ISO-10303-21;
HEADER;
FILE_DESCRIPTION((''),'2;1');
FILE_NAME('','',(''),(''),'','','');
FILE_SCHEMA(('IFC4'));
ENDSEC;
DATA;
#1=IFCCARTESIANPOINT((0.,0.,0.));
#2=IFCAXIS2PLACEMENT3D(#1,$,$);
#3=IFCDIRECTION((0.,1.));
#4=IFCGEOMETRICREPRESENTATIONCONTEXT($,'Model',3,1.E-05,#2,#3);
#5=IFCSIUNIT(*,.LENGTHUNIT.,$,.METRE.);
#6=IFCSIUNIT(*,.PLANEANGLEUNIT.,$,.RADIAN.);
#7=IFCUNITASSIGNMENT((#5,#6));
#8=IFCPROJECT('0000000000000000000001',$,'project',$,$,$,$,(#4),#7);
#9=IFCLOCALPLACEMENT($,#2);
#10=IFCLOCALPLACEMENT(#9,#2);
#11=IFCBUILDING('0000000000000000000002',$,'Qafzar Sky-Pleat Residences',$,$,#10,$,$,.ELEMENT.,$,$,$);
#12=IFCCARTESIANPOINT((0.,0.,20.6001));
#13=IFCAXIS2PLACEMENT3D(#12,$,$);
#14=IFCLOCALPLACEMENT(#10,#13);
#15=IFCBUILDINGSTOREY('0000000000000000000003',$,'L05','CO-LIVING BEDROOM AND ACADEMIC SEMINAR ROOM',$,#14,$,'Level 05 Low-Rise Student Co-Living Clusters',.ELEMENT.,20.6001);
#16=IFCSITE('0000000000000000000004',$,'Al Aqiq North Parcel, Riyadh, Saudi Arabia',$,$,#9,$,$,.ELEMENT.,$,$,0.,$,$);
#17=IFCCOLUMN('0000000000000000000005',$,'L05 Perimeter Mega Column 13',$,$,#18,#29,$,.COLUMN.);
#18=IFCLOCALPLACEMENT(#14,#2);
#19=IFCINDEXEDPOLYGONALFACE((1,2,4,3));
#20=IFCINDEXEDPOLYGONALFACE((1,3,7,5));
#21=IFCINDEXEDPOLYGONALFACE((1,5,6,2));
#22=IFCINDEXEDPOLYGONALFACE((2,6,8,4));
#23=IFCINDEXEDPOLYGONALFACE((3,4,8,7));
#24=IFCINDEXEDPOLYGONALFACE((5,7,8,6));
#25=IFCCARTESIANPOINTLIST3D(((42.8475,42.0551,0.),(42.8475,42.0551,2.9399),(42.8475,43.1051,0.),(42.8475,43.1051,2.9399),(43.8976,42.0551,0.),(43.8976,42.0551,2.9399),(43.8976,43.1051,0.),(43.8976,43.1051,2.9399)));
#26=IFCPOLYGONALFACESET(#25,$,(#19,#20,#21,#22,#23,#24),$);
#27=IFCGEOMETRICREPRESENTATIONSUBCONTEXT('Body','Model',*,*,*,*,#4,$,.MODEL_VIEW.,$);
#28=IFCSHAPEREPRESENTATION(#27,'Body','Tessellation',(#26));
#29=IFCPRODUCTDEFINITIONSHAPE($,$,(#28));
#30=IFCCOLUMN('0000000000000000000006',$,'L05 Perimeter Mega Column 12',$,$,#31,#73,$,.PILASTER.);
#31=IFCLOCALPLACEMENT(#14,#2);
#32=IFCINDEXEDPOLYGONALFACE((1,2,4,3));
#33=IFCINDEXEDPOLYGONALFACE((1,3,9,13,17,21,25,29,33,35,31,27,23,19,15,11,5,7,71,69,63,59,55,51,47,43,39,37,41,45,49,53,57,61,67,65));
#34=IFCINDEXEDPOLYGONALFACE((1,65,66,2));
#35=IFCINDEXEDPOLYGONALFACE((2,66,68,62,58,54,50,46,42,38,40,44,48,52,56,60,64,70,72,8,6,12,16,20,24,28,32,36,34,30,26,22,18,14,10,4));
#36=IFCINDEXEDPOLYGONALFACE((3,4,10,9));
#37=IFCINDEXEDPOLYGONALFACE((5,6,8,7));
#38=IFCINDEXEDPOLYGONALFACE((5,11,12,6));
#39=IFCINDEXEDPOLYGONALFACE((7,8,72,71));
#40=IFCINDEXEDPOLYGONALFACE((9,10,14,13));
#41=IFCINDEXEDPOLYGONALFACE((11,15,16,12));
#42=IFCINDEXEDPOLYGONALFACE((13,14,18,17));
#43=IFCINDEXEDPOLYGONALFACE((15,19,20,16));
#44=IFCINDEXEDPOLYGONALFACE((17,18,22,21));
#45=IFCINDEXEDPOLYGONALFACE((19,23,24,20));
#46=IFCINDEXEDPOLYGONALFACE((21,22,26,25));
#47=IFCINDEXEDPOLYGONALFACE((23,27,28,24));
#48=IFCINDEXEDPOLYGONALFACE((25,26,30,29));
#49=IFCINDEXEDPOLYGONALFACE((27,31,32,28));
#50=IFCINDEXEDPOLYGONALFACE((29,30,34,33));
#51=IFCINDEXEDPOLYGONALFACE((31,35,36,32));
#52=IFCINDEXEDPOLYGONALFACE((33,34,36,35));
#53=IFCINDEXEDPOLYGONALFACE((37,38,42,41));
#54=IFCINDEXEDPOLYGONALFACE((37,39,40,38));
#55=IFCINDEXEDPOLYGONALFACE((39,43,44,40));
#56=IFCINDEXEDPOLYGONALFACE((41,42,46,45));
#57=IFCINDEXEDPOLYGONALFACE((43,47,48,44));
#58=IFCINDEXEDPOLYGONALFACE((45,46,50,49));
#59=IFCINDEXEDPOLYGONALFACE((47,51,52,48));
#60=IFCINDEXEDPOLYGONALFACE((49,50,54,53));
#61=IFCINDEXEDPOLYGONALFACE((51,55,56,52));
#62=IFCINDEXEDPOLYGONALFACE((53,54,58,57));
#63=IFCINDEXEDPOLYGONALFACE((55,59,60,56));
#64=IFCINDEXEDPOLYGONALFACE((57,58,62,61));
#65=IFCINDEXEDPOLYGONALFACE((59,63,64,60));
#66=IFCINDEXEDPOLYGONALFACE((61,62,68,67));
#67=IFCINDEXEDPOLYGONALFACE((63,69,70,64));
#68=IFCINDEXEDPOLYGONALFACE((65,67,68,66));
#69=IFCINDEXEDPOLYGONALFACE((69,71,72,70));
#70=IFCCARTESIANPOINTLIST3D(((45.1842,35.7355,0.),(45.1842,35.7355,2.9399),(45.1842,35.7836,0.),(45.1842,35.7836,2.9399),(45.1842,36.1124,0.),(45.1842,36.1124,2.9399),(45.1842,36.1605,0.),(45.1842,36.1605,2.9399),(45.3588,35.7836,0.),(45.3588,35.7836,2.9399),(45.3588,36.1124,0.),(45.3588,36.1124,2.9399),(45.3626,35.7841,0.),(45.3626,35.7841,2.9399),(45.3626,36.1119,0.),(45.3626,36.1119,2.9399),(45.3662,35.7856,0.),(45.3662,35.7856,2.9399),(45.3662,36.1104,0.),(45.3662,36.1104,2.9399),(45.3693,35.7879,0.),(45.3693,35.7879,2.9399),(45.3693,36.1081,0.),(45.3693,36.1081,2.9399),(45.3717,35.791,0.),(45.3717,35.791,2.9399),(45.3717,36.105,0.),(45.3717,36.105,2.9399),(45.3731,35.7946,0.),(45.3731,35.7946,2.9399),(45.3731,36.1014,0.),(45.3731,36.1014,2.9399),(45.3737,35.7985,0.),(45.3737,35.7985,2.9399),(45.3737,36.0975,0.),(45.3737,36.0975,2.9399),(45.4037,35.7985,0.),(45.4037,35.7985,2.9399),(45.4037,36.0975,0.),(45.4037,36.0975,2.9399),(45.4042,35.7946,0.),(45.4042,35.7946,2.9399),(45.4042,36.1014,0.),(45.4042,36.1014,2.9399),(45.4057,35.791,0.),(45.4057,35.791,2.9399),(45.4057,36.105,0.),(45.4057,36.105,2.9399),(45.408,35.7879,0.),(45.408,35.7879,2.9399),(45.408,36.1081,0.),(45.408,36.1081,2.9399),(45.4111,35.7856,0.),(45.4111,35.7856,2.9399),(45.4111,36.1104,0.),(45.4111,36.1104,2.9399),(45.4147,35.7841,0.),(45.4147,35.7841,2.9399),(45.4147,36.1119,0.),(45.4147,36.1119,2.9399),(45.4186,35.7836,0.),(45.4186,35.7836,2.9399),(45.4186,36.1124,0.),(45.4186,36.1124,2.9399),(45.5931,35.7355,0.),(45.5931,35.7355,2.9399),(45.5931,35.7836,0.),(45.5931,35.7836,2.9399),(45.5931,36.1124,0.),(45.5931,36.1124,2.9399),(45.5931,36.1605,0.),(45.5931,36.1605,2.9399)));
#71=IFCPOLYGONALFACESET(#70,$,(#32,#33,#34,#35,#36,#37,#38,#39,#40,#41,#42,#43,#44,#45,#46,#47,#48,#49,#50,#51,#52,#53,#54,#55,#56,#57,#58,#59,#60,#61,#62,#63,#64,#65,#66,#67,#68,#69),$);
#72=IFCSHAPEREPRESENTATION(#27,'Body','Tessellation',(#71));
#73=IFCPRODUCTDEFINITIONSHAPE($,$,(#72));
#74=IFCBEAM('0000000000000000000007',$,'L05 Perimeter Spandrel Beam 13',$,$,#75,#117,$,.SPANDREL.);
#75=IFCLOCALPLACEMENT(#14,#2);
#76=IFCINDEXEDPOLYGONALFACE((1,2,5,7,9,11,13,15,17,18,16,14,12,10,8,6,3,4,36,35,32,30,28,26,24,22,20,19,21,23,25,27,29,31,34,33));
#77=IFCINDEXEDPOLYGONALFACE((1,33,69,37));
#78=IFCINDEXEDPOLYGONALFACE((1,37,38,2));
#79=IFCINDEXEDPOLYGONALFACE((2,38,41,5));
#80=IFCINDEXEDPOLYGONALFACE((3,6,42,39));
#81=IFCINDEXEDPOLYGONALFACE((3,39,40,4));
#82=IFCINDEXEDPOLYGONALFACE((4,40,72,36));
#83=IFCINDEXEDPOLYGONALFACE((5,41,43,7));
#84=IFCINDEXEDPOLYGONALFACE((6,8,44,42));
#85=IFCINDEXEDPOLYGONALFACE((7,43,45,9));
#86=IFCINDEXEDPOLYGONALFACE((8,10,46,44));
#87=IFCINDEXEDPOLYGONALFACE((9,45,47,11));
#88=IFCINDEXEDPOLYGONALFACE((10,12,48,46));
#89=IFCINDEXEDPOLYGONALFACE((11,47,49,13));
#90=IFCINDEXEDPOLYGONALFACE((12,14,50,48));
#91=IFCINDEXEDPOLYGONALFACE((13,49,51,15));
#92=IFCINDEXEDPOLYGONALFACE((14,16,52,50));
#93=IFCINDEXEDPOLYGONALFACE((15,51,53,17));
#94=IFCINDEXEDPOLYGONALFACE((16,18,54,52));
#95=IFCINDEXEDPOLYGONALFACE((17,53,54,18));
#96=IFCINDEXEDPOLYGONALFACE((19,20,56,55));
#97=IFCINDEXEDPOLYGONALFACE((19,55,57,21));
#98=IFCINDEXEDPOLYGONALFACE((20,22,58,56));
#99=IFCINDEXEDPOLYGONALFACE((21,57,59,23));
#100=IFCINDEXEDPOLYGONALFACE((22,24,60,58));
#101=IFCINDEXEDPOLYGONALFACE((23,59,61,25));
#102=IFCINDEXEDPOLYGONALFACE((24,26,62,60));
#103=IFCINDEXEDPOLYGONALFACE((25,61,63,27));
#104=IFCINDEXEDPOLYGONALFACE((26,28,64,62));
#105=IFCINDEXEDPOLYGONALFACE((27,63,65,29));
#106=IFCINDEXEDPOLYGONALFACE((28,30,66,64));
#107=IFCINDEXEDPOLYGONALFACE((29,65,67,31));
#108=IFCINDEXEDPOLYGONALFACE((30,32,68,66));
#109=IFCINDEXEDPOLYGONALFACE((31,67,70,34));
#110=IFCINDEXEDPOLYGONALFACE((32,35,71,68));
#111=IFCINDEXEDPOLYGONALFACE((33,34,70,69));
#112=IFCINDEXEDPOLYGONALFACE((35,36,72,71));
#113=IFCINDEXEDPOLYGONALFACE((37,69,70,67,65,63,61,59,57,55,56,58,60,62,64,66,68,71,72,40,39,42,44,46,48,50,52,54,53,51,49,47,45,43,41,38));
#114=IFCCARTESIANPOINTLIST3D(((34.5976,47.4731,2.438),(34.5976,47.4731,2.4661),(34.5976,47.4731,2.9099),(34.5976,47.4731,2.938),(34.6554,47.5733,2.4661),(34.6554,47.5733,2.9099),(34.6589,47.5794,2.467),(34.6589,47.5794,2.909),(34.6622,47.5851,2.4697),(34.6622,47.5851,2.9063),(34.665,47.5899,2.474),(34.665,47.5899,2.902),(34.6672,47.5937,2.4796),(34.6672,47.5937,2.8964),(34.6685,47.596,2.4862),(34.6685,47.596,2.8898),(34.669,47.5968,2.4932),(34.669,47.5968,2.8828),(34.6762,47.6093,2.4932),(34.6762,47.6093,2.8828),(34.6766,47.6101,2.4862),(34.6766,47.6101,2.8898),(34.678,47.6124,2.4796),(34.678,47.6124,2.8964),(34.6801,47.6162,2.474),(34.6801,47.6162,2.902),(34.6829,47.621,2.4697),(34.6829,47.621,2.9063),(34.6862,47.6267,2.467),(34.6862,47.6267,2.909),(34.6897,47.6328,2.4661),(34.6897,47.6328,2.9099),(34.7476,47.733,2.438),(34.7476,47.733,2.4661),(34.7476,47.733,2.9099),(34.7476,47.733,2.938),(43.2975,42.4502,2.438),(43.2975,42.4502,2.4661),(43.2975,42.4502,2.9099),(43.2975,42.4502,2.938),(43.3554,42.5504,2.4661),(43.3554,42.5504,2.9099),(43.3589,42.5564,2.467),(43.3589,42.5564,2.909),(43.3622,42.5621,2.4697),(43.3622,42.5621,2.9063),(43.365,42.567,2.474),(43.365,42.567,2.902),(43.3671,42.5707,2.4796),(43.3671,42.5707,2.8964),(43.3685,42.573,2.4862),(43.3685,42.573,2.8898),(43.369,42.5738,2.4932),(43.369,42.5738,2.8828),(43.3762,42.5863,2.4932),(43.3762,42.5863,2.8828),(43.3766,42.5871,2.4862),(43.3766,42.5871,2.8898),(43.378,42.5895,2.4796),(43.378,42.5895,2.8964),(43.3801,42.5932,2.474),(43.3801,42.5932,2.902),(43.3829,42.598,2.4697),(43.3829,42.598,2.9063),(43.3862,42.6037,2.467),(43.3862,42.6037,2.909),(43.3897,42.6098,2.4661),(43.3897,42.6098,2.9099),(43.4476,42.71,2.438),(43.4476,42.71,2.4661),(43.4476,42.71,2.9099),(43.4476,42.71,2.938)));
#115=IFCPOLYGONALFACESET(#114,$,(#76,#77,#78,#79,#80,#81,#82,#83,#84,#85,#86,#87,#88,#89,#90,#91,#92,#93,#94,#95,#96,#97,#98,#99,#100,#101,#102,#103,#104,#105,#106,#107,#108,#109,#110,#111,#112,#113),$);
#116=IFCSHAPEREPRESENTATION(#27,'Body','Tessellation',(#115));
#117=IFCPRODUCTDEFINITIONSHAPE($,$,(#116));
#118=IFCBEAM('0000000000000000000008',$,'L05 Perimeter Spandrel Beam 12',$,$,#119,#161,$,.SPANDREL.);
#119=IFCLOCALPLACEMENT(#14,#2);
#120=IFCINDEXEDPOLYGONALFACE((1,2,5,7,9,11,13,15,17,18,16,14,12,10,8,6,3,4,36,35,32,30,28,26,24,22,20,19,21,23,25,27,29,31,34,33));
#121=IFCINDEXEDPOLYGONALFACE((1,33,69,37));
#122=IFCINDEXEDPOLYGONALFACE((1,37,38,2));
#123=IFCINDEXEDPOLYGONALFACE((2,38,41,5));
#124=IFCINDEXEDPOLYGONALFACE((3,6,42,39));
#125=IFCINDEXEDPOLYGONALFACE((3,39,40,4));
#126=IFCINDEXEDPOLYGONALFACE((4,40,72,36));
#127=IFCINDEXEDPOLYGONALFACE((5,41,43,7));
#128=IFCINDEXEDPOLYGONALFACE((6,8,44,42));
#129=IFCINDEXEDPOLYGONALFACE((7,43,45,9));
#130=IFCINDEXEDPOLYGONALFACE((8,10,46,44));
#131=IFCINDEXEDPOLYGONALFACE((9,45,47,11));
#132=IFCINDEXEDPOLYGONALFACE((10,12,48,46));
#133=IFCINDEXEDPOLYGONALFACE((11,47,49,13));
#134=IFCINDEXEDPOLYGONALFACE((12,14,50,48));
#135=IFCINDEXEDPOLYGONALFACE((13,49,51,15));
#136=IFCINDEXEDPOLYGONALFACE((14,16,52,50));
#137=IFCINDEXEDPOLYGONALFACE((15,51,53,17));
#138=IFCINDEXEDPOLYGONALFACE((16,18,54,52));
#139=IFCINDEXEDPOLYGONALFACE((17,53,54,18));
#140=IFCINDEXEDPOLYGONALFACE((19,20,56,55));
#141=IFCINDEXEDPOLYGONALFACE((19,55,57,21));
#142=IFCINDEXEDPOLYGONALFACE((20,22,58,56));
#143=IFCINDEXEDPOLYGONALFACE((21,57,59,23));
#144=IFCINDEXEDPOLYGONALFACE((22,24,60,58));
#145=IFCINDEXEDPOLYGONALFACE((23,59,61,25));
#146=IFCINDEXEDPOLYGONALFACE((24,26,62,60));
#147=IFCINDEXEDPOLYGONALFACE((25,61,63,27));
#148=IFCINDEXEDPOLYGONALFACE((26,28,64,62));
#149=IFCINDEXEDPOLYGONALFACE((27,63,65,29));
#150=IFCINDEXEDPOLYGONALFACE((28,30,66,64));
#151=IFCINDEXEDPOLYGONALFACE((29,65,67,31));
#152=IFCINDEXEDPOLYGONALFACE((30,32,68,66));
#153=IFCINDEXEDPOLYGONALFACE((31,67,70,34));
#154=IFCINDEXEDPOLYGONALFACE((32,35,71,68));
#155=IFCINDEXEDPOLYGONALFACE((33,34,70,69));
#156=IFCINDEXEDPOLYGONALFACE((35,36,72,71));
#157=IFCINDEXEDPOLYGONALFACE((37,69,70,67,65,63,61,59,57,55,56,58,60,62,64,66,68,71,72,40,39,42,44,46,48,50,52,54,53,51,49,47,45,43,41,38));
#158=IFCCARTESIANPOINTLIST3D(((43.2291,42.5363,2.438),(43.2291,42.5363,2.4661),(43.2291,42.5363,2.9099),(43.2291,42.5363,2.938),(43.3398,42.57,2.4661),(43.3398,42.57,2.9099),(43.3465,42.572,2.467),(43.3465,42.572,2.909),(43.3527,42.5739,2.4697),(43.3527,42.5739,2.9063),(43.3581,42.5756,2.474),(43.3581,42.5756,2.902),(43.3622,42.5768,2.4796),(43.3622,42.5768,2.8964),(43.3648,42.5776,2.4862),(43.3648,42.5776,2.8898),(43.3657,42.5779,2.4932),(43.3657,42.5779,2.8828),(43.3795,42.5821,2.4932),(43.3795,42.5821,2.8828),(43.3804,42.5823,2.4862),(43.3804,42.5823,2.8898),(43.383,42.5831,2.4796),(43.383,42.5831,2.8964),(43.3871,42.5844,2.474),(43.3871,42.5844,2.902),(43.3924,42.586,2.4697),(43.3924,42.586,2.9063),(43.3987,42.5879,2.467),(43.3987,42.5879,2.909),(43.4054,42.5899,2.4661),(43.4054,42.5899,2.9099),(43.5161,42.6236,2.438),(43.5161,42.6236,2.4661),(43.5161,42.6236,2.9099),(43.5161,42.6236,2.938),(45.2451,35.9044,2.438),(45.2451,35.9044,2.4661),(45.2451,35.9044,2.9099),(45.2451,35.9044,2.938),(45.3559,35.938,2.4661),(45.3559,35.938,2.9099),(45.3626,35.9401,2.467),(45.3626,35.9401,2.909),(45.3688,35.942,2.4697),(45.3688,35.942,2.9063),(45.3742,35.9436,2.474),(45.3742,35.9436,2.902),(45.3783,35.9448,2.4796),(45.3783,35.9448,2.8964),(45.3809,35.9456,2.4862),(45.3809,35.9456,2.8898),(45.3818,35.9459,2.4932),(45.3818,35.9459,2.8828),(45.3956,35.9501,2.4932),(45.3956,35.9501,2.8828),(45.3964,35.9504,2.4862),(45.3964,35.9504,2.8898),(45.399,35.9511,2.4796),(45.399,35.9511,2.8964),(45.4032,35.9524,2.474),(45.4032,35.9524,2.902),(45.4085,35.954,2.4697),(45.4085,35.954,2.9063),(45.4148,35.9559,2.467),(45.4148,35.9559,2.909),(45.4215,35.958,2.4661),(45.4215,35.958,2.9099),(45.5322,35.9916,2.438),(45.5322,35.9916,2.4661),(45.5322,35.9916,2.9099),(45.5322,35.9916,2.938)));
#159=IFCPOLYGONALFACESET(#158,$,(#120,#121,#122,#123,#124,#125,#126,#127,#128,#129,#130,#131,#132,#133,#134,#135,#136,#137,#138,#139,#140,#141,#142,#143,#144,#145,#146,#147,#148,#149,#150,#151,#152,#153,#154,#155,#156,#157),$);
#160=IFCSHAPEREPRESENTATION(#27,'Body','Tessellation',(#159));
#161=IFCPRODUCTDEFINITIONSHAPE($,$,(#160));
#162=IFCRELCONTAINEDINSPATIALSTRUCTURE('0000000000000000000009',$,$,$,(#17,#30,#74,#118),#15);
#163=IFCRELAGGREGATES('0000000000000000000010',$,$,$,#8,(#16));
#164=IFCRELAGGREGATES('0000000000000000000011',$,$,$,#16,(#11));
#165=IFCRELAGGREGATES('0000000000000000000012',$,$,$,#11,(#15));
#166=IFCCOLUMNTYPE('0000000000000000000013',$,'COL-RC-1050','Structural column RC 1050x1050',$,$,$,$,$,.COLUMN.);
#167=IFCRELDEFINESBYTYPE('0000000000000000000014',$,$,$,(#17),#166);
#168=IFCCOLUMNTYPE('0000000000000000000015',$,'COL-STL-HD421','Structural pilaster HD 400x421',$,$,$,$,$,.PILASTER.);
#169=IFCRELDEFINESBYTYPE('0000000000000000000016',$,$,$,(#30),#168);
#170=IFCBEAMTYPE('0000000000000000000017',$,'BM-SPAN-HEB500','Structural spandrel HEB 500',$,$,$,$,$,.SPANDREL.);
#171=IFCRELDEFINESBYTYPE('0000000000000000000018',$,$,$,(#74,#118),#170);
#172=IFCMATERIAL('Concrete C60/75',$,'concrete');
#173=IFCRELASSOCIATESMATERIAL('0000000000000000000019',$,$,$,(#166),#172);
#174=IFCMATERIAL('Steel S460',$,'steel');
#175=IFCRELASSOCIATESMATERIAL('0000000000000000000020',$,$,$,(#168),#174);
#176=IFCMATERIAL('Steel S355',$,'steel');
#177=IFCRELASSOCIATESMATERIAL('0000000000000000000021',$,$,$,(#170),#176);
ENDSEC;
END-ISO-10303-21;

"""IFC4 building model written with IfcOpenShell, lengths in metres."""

from ifc_helpers import new_model, si_unit, direction, frame, origin, origin_2d, place, context, subcontext, project, spatial, rectangle, i_section, extrude, source, transform, mapped, material, material_profile, profile_set, type_object, element, save


model = new_model("IFC4")

# Units and contexts
model_context = context("Model", 3, precision=1e-05, world=origin(), true_north=direction((0.0, 1.0)))
body_context = subcontext(model_context, "Body", "Model", "MODEL_VIEW")
ifc_project = project(units=[si_unit("LENGTHUNIT", "METRE"), si_unit("PLANEANGLEUNIT", "RADIAN")], contexts=[model_context])

# Site, building, storey
site_placement = place(None, origin())
site = spatial("IfcSite", under=ifc_project, at=site_placement, Name="Al Aqiq North Parcel, Riyadh, Saudi Arabia", CompositionType="ELEMENT", RefElevation=0.0)
building_placement = place(site_placement, origin())
building = spatial("IfcBuilding", under=site, at=building_placement, Name="Qafzar Sky-Pleat Residences", CompositionType="ELEMENT")
storey_placement = place(building_placement, frame((0.0, 0.0, 20.6001)))
storey = spatial("IfcBuildingStorey", under=building, at=storey_placement, Name="L05", Description="CO-LIVING BEDROOM AND ACADEMIC SEMINAR ROOM", LongName="Level 05 Low-Rise Student Co-Living Clusters", CompositionType="ELEMENT", Elevation=20.6001)

# Columns
ifc_material_1 = material(Name="Concrete C60/75", Category="concrete")
ifc_material_profile_1 = material_profile(ifc_material_1, rectangle(XDim=1.05, YDim=1.05, at=origin_2d()), Name="RC 1050x1050")
ifc_profile_set_1 = profile_set([ifc_material_profile_1], Name="Concrete C60/75")
column_type_1 = type_object("IfcColumnType", Name="COL-RC-1050", Description="Structural column RC 1050x1050", PredefinedType="COLUMN", material=ifc_profile_set_1)
shared_shape_1 = source(origin(), body_context, "Body", "SweptSolid", [
    extrude(rectangle(XDim=1.05, YDim=1.05, at=origin_2d()), origin(), (0.0, 0.0, 1.0), 2.9399),
])
column_1_placement = place(storey_placement, frame((43.3726, 42.5801, 0.0), z_axis=(0.0, 0.0, 1.0), x_axis=(1.0, 0.0, 0.0)))
element("IfcColumn", 1, at=column_1_placement, inside=storey, type_object=column_type_1, Name="L05 Perimeter Mega Column 13", PredefinedType="COLUMN", context=body_context, shape_type="MappedRepresentation", body=[
    mapped(shared_shape_1, transform((0.0, 0.0, 0.0), x_axis=(1.0, 0.0, 0.0), y_axis=(0.0, 1.0, 0.0), z_axis=(0.0, 0.0, 1.0), scale=1.0)),
])
ifc_material_2 = material(Name="Steel S460", Category="steel")
ifc_material_profile_2 = material_profile(ifc_material_2, i_section(OverallWidth=0.4089, OverallDepth=0.425, WebThickness=0.03, FlangeThickness=0.0481, FilletRadius=0.0149, at=origin_2d()), Name="HD 400x421")
ifc_profile_set_2 = profile_set([ifc_material_profile_2], Name="Steel S460")
column_type_2 = type_object("IfcColumnType", Name="COL-STL-HD421", Description="Structural pilaster HD 400x421", PredefinedType="PILASTER", material=ifc_profile_set_2)
shared_shape_2 = source(origin(), body_context, "Body", "SweptSolid", [
    extrude(i_section(OverallWidth=0.4089, OverallDepth=0.425, WebThickness=0.03, FlangeThickness=0.0481, FilletRadius=0.0149, at=origin_2d()), origin(), (0.0, 0.0, 1.0), 2.9399),
])
column_2_placement = place(storey_placement, frame((45.3887, 35.948, 0.0), z_axis=(0.0, 0.0, 1.0), x_axis=(1.0, 0.0, 0.0)))
element("IfcColumn", 2, at=column_2_placement, inside=storey, type_object=column_type_2, Name="L05 Perimeter Mega Column 12", PredefinedType="PILASTER", context=body_context, shape_type="MappedRepresentation", body=[
    mapped(shared_shape_2, transform((0.0, 0.0, 0.0), x_axis=(1.0, 0.0, 0.0), y_axis=(0.0, 1.0, 0.0), z_axis=(0.0, 0.0, 1.0), scale=1.0)),
])

# Beams
ifc_material_3 = material(Name="Steel S355", Category="steel")
ifc_material_profile_3 = material_profile(ifc_material_3, i_section(OverallWidth=0.3, OverallDepth=0.5, WebThickness=0.0144, FlangeThickness=0.0281, FilletRadius=0.0271, at=origin_2d()), Name="HEB 500")
ifc_profile_set_3 = profile_set([ifc_material_profile_3], Name="Steel S355")
beam_type_1 = type_object("IfcBeamType", Name="BM-SPAN-HEB500", Description="Structural spandrel HEB 500", PredefinedType="SPANDREL", material=ifc_profile_set_3)
shared_shape_3 = source(origin(), body_context, "Body", "SweptSolid", [
    extrude(i_section(OverallWidth=0.3, OverallDepth=0.5, WebThickness=0.0144, FlangeThickness=0.0281, FilletRadius=0.0271, at=origin_2d()), origin(), (0.0, 0.0, 1.0), 10.0459),
])
beam_1_placement = place(storey_placement, frame((43.3726, 42.5801, 2.688), z_axis=(-0.866024, 0.500002, 0.0), x_axis=(-0.500002, -0.866024, 0.0)))
element("IfcBeam", 3, at=beam_1_placement, inside=storey, type_object=beam_type_1, Name="L05 Perimeter Spandrel Beam 13", PredefinedType="SPANDREL", context=body_context, shape_type="MappedRepresentation", body=[
    mapped(shared_shape_3, transform((0.0, 0.0, 0.0), x_axis=(1.0, 0.0, 0.0), y_axis=(0.0, 1.0, 0.0), z_axis=(0.0, 0.0, 1.0), scale=1.0)),
])
shared_shape_4 = source(origin(), body_context, "Body", "SweptSolid", [
    extrude(i_section(OverallWidth=0.3, OverallDepth=0.5, WebThickness=0.0144, FlangeThickness=0.0281, FilletRadius=0.0271, at=origin_2d()), origin(), (0.0, 0.0, 1.0), 6.9316),
])
beam_2_placement = place(storey_placement, frame((45.3887, 35.948, 2.688), z_axis=(-0.290852, 0.956768, 0.0), x_axis=(-0.956768, -0.290852, 0.0)))
element("IfcBeam", 4, at=beam_2_placement, inside=storey, type_object=beam_type_1, Name="L05 Perimeter Spandrel Beam 12", PredefinedType="SPANDREL", context=body_context, shape_type="MappedRepresentation", body=[
    mapped(shared_shape_4, transform((0.0, 0.0, 0.0), x_axis=(1.0, 0.0, 0.0), y_axis=(0.0, 1.0, 0.0), z_axis=(0.0, 0.0, 1.0), scale=1.0)),
])

save(model, "model.ifc")
